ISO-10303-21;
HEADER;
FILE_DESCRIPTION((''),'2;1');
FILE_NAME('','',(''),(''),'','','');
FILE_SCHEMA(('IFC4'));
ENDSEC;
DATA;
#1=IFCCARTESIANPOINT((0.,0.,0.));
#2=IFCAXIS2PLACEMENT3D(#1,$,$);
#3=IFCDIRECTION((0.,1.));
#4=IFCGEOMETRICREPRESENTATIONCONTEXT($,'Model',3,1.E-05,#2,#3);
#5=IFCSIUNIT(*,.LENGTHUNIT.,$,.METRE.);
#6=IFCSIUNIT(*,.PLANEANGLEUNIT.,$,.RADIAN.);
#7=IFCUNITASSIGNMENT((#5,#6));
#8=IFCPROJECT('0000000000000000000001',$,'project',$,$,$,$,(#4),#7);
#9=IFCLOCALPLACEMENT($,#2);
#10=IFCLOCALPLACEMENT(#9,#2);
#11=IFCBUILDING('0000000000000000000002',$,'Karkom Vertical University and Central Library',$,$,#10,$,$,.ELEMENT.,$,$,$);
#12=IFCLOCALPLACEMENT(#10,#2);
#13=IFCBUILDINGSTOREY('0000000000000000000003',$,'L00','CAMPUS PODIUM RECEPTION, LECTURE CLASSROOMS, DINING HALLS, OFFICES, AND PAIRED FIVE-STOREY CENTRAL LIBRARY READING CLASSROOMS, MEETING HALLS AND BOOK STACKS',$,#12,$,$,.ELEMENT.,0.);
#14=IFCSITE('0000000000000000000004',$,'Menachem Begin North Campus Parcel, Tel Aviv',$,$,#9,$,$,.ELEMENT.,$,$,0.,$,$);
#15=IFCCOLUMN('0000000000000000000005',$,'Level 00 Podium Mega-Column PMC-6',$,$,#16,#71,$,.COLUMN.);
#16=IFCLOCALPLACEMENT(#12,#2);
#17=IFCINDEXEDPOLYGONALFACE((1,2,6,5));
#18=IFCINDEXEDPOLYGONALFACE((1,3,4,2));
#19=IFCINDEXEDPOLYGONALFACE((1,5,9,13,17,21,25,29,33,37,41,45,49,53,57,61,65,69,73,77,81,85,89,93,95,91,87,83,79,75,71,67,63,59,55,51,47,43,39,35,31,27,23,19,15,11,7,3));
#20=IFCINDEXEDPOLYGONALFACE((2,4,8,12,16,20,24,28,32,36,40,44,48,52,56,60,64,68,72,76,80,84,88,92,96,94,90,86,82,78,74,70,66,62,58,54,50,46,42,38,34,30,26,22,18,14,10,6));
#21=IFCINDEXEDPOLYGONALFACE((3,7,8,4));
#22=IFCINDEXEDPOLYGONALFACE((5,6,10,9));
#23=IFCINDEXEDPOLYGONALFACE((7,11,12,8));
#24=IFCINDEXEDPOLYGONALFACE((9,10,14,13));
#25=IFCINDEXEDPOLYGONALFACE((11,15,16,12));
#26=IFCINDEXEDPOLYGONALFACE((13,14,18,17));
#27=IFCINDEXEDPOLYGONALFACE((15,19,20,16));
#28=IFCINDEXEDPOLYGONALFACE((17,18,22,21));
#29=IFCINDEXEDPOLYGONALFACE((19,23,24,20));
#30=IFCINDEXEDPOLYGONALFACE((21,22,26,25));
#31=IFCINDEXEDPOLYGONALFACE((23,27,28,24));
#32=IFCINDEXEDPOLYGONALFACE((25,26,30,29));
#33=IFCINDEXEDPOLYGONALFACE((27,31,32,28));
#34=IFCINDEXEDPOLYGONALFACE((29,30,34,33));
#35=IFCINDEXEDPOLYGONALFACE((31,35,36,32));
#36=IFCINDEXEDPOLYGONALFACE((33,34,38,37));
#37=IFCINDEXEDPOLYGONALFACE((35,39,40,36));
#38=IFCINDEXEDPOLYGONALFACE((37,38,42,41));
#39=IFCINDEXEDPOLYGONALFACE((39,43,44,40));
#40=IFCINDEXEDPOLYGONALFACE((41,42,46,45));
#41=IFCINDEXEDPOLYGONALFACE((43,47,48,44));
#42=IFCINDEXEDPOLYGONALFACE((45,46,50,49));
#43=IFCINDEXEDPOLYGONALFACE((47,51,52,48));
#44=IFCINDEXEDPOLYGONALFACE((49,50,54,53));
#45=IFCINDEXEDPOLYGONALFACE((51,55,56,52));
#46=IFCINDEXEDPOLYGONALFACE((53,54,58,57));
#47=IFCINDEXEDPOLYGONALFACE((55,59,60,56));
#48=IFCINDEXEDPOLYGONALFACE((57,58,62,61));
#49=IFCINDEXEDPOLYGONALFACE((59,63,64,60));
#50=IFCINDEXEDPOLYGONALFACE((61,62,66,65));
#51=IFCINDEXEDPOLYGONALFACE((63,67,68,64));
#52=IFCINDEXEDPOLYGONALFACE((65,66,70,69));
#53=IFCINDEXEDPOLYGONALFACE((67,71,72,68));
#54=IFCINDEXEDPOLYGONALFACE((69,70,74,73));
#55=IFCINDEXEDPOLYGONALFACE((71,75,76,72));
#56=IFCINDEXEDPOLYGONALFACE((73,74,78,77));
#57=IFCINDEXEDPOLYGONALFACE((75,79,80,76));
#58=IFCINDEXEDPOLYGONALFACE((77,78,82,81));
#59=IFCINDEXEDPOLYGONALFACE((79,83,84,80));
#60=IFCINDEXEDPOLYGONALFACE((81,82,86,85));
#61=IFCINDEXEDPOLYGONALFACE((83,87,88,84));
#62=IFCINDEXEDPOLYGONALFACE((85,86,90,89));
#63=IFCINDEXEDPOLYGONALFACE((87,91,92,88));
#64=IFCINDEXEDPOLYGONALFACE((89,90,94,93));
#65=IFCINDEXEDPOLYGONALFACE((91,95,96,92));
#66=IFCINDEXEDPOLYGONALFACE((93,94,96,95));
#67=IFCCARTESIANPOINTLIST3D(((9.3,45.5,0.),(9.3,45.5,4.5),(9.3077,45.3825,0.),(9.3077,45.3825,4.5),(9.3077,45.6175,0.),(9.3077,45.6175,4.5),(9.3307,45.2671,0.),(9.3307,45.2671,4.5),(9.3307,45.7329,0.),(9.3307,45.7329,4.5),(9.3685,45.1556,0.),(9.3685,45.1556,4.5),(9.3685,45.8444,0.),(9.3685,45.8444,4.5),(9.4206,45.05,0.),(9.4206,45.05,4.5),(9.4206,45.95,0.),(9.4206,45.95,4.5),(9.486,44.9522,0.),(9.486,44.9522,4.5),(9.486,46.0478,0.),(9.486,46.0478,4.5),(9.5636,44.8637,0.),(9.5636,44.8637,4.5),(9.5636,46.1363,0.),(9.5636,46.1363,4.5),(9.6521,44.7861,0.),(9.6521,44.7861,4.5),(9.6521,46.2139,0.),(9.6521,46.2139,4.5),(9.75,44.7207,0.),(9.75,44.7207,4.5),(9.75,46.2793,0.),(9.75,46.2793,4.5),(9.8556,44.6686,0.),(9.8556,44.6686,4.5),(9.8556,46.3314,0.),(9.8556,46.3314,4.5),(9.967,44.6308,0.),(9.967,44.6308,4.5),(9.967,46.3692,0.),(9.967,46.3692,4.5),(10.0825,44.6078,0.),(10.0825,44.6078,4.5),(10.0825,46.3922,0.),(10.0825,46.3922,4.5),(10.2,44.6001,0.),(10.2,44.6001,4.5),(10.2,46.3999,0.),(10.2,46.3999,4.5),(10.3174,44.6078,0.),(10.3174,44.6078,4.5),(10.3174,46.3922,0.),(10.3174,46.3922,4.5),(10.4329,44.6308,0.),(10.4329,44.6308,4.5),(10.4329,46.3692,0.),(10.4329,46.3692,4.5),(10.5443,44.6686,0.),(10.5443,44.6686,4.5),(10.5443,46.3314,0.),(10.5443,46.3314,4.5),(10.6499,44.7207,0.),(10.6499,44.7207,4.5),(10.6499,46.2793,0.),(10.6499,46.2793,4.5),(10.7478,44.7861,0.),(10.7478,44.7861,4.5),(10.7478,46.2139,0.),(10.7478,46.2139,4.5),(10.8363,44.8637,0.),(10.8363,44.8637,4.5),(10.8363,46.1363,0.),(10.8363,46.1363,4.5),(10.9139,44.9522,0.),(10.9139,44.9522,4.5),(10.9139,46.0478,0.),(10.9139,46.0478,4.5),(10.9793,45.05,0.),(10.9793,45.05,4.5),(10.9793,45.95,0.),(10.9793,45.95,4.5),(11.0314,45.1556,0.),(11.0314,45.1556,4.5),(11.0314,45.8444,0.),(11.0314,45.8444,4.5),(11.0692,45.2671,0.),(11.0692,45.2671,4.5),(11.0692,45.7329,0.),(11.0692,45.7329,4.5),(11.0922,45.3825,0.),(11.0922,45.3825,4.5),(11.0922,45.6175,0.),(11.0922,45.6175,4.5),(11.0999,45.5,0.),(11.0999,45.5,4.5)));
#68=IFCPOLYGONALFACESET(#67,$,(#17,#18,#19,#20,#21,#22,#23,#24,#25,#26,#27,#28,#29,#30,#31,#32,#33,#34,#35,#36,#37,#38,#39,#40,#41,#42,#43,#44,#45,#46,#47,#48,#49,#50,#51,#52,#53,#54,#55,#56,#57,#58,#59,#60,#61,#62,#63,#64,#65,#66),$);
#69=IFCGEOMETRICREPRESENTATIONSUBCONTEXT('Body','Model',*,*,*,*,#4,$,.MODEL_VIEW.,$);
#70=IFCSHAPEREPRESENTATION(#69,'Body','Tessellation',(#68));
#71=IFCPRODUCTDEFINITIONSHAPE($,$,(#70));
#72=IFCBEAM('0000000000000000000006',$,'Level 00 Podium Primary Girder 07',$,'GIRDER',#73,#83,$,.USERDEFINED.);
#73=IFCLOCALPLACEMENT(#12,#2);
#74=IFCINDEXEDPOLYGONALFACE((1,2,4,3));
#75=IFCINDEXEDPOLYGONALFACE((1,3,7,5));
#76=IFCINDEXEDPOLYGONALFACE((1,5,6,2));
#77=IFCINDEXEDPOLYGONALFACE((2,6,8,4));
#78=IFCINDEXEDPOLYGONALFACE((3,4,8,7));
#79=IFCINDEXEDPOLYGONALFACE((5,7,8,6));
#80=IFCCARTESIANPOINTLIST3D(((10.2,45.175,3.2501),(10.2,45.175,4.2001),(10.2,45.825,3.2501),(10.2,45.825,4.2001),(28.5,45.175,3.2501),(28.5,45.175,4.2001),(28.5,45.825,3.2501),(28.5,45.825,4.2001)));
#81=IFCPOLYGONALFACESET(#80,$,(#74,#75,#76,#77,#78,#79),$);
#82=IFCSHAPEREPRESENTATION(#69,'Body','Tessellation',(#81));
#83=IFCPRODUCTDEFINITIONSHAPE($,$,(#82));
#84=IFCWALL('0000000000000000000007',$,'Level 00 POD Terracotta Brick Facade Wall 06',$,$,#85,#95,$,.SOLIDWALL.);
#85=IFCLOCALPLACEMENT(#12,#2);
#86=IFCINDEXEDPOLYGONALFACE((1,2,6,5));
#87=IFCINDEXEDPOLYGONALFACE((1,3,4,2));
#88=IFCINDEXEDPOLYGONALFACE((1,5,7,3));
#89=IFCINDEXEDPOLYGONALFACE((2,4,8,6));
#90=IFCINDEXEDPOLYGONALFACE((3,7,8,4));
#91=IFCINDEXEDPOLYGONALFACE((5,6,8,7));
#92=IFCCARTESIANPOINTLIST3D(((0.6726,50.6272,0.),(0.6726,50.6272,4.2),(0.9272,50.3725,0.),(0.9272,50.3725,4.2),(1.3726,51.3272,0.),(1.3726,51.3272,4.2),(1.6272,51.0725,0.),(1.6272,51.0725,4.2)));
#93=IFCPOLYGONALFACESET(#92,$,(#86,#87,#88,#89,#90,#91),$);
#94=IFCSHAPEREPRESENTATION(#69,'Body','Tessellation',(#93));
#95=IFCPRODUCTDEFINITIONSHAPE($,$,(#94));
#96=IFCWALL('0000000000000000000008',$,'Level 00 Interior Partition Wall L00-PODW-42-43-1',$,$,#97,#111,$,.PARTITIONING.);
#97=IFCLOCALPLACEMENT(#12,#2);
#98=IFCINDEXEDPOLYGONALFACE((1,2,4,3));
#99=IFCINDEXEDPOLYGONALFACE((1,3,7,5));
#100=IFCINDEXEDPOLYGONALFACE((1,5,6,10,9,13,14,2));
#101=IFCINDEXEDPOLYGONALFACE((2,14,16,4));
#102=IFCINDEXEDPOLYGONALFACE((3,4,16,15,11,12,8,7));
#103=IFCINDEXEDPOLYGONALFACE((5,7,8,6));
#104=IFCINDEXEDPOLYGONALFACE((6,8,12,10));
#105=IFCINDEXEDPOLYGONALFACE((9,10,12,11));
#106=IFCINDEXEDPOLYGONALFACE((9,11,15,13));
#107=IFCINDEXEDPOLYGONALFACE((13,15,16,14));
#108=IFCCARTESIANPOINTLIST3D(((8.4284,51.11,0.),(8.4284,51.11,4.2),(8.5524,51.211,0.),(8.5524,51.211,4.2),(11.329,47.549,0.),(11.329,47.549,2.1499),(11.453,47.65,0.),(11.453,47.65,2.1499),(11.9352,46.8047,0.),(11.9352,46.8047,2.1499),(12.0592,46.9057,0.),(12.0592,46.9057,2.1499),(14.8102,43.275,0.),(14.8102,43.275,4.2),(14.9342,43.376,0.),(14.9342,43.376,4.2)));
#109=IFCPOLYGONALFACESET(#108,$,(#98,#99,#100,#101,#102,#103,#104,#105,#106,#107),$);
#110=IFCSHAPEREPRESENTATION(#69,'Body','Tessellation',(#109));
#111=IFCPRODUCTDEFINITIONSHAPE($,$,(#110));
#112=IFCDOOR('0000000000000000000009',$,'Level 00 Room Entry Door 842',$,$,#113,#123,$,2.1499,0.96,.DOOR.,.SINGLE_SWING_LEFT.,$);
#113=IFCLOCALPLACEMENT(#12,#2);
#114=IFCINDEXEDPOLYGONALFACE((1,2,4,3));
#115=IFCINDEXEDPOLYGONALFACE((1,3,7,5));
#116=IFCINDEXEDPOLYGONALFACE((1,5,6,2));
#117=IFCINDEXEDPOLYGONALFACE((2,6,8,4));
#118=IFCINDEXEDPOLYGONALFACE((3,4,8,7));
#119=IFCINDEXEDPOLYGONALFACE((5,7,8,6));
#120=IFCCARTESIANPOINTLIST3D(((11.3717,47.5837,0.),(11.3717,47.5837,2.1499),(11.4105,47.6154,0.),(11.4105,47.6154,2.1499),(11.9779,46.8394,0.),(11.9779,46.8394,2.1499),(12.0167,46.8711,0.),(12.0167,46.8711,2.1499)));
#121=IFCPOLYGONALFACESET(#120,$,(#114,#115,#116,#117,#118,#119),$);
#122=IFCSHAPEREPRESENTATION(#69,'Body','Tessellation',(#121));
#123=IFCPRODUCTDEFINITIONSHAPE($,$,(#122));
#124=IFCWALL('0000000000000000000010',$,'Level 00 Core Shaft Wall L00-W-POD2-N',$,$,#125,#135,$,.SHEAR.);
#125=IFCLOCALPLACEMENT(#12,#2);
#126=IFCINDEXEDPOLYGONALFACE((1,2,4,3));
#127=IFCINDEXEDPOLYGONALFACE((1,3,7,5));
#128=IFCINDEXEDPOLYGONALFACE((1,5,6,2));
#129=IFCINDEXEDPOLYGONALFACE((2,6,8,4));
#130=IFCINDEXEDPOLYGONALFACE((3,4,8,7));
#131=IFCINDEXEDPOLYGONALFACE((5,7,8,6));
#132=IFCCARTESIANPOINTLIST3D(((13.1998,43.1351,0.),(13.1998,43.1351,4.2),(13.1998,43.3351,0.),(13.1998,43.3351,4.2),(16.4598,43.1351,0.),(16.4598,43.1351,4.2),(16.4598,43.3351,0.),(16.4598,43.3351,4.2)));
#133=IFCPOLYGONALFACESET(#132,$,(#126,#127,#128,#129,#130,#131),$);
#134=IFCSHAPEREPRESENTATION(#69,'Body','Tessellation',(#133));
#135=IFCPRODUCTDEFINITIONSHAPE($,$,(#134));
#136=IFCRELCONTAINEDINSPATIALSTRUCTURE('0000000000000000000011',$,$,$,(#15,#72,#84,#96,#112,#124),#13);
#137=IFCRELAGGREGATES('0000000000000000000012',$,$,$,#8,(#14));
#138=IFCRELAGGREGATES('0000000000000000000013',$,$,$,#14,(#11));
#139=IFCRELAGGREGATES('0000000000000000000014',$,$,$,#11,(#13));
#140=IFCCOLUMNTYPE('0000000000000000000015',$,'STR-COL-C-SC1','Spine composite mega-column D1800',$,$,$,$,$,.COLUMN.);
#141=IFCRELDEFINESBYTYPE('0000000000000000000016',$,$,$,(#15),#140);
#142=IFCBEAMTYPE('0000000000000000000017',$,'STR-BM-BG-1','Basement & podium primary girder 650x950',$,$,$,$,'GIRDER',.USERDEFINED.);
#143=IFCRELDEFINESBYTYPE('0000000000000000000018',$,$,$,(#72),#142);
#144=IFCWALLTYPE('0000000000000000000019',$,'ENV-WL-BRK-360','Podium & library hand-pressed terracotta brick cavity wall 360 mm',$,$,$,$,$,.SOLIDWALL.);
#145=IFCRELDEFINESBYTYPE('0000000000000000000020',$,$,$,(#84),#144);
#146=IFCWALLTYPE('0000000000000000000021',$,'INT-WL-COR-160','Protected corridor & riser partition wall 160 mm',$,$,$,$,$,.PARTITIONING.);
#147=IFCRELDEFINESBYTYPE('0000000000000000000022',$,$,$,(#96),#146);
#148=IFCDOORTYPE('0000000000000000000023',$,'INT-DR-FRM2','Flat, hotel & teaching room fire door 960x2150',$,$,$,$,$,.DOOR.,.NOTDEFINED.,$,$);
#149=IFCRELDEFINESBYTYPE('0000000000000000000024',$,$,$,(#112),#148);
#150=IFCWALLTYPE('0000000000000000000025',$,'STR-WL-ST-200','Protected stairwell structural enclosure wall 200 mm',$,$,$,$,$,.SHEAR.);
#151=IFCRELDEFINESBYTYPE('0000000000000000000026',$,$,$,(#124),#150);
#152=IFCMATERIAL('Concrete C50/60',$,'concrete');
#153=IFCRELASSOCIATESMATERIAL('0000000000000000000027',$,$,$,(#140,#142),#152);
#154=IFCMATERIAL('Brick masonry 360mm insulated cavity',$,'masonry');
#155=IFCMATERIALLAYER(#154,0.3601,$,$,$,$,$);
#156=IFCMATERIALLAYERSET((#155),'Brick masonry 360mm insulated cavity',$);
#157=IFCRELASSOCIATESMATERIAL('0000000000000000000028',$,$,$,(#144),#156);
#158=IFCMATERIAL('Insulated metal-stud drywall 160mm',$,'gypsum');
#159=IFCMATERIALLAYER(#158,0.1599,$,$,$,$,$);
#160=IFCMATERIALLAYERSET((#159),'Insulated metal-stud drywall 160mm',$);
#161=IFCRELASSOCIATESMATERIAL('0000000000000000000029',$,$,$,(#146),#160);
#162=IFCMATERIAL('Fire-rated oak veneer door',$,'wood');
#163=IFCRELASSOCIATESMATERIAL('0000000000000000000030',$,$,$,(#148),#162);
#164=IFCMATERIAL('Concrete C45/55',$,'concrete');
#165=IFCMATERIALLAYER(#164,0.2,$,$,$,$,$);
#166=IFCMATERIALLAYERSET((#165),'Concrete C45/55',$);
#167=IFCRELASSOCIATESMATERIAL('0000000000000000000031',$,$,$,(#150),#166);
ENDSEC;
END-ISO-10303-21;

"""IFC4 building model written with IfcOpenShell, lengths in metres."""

from ifc_helpers import new_model, si_unit, direction, frame, frame_2d, origin, origin_with_axes, origin_2d, place, context, subcontext, project, spatial, rectangle, circle, extrude, source, transform, mapped, material, layer, layer_set, material_profile, profile_set, type_object, element, fill, save


model = new_model("IFC4")

# Units and contexts
model_context = context("Model", 3, precision=1e-05, world=origin(), true_north=direction((0.0, 1.0)))
body_context = subcontext(model_context, "Body", "Model", "MODEL_VIEW")
ifc_project = project(units=[si_unit("LENGTHUNIT", "METRE"), si_unit("PLANEANGLEUNIT", "RADIAN")], contexts=[model_context])

# Site, building, storey
site_placement = place(None, origin())
site = spatial("IfcSite", under=ifc_project, at=site_placement, Name="Menachem Begin North Campus Parcel, Tel Aviv", CompositionType="ELEMENT", RefElevation=0.0)
building_placement = place(site_placement, origin())
building = spatial("IfcBuilding", under=site, at=building_placement, Name="Karkom Vertical University and Central Library", CompositionType="ELEMENT")
storey_placement = place(building_placement, origin())
storey = spatial("IfcBuildingStorey", under=building, at=storey_placement, Name="L00", Description="CAMPUS PODIUM RECEPTION, LECTURE CLASSROOMS, DINING HALLS, OFFICES, AND PAIRED FIVE-STOREY CENTRAL LIBRARY READING CLASSROOMS, MEETING HALLS AND BOOK STACKS", CompositionType="ELEMENT", Elevation=0.0)

# Column
ifc_material_1 = material(Name="Concrete C50/60", Category="concrete")
ifc_material_profile_1 = material_profile(ifc_material_1, circle(Radius=0.8999, at=origin_2d()), Name="CFT-D1800")
ifc_profile_set_1 = profile_set([ifc_material_profile_1], Name="Concrete C50/60")
column_type = type_object("IfcColumnType", Name="STR-COL-C-SC1", Description="Spine composite mega-column D1800", PredefinedType="COLUMN", material=ifc_profile_set_1)
shared_shape_1 = source(origin_with_axes(), body_context, "Body", "SweptSolid", [
    extrude(circle(Radius=0.8999, at=origin_2d()), origin(), (0.0, 0.0, 1.0), 4.5),
])
column_placement = place(storey_placement, frame((10.2, 45.5, 0.0), z_axis=(0.0, 0.0, 1.0), x_axis=(1.0, 0.0, 0.0)))
element("IfcColumn", 1, at=column_placement, inside=storey, type_object=column_type, Name="Level 00 Podium Mega-Column PMC-6", PredefinedType="COLUMN", context=body_context, shape_type="MappedRepresentation", body=[
    mapped(shared_shape_1, transform((0.0, 0.0, 0.0), scale=1.0)),
])

# Beam
ifc_material_profile_2 = material_profile(ifc_material_1, rectangle(XDim=0.6499, YDim=0.95, at=origin_2d()), Name="RCG-650x950")
ifc_profile_set_2 = profile_set([ifc_material_profile_2], Name="Concrete C50/60")
beam_type = type_object("IfcBeamType", Name="STR-BM-BG-1", Description="Basement & podium primary girder 650x950", ElementType="GIRDER", PredefinedType="USERDEFINED", material=ifc_profile_set_2)
shared_shape_2 = source(origin_with_axes(), body_context, "Body", "SweptSolid", [
    extrude(rectangle(XDim=0.6499, YDim=0.95, at=origin_2d()), origin(), (0.0, 0.0, 1.0), 18.3),
])
beam_placement = place(storey_placement, frame((10.2, 45.5, 3.7251), z_axis=(1.0, 0.0, 0.0), x_axis=(0.0, 1.0, 0.0)))
element("IfcBeam", 2, at=beam_placement, inside=storey, type_object=beam_type, Name="Level 00 Podium Primary Girder 07", ObjectType="GIRDER", PredefinedType="USERDEFINED", context=body_context, shape_type="MappedRepresentation", body=[
    mapped(shared_shape_2, transform((0.0, 0.0, 0.0), scale=1.0)),
])

# Shared definitions
ifc_material_2 = material(Name="Brick masonry 360mm insulated cavity", Category="masonry")
ifc_layer_1 = layer(ifc_material_2, 0.3601)
ifc_layer_set_1 = layer_set([ifc_layer_1], Name="Brick masonry 360mm insulated cavity")
wall_type_1 = type_object("IfcWallType", Name="ENV-WL-BRK-360", Description="Podium & library hand-pressed terracotta brick cavity wall 360 mm", PredefinedType="SOLIDWALL", material=ifc_layer_set_1)

# Wall
wall_1_placement = place(storey_placement, frame((1.5, 51.2, 0.0), z_axis=(0.0, 0.0, 1.0), x_axis=(-0.707107, -0.707107, 0.0)))
element("IfcWall", 3, at=wall_1_placement, inside=storey, type_object=wall_type_1, Name="Level 00 POD Terracotta Brick Facade Wall 06", PredefinedType="SOLIDWALL", context=body_context, shape_type="SweptSolid", body=[
    extrude(rectangle(XDim=0.99, YDim=0.3601, at=frame_2d((0.4951, 0.0))), origin(), (0.0, 0.0, 1.0), 4.2),
])

# Wall, opening, door
ifc_material_3 = material(Name="Insulated metal-stud drywall 160mm", Category="gypsum")
ifc_layer_2 = layer(ifc_material_3, 0.1599)
ifc_layer_set_2 = layer_set([ifc_layer_2], Name="Insulated metal-stud drywall 160mm")
wall_type_2 = type_object("IfcWallType", Name="INT-WL-COR-160", Description="Protected corridor & riser partition wall 160 mm", PredefinedType="PARTITIONING", material=ifc_layer_set_2)
wall_2_placement = place(storey_placement, frame((14.8723, 43.3254, 0.0), z_axis=(0.0, 0.0, 1.0), x_axis=(-0.631542, 0.775342, 0.0)))
wall_2 = element("IfcWall", 4, at=wall_2_placement, inside=storey, type_object=wall_type_2, Name="Level 00 Interior Partition Wall L00-PODW-42-43-1", PredefinedType="PARTITIONING", context=body_context, shape_type="SweptSolid", body=[
    extrude(rectangle(XDim=10.1052, YDim=0.1599, at=frame_2d((5.0527, 0.0))), origin(), (0.0, 0.0, 1.0), 4.2),
])
opening_1_placement = place(wall_2_placement, frame((4.5525, 0.0, 0.0)))
opening_1 = element("IfcOpeningElement", 5, at=opening_1_placement, cuts=wall_2, PredefinedType="OPENING", context=body_context, shape_type="SweptSolid", body=[
    extrude(rectangle(XDim=0.96, YDim=2.1499, at=frame_2d((0.48, 1.075))), frame((0.0, 0.0898, 0.0), z_axis=(0.0, -1.0, 0.0), x_axis=(1.0, 0.0, 0.0)), (0.0, 0.0, 1.0), 0.1799),
])
ifc_material_4 = material(Name="Fire-rated oak veneer door", Category="wood")
door_type_1 = type_object("IfcDoorType", Name="INT-DR-FRM2", Description="Flat, hotel & teaching room fire door 960x2150", OperationType="NOTDEFINED", PredefinedType="DOOR", material=ifc_material_4)
shared_shape_3 = source(origin_with_axes(), body_context, "Body", "SweptSolid", [
    extrude(rectangle(XDim=0.96, YDim=2.1499, at=frame_2d((0.48, 1.075))), frame((0.0, 0.0249, 0.0), z_axis=(0.0, -1.0, 0.0), x_axis=(1.0, 0.0, 0.0)), (0.0, 0.0, 1.0), 0.05),
])
door_1_placement = place(opening_1_placement, origin())
door_1 = element("IfcDoor", 6, at=door_1_placement, inside=storey, type_object=door_type_1, Name="Level 00 Room Entry Door 842", OperationType="SINGLE_SWING_LEFT", OverallHeight=2.1499, OverallWidth=0.96, PredefinedType="DOOR", context=body_context, shape_type="MappedRepresentation", body=[
    mapped(shared_shape_3, transform((0.0, 0.0, 0.0), scale=1.0)),
])
fill(opening_1, door_1)

# Wall
ifc_material_5 = material(Name="Concrete C45/55", Category="concrete")
ifc_layer_3 = layer(ifc_material_5, 0.2)
ifc_layer_set_3 = layer_set([ifc_layer_3], Name="Concrete C45/55")
wall_type_3 = type_object("IfcWallType", Name="STR-WL-ST-200", Description="Protected stairwell structural enclosure wall 200 mm", PredefinedType="SHEAR", material=ifc_layer_set_3)
wall_3_placement = place(storey_placement, frame((13.2, 43.2351, 0.0), z_axis=(0.0, 0.0, 1.0), x_axis=(1.0, 0.0, 0.0)))
element("IfcWall", 7, at=wall_3_placement, inside=storey, type_object=wall_type_3, Name="Level 00 Core Shaft Wall L00-W-POD2-N", PredefinedType="SHEAR", context=body_context, shape_type="SweptSolid", body=[
    extrude(rectangle(XDim=3.26, YDim=0.2, at=frame_2d((1.6299, 0.0))), origin(), (0.0, 0.0, 1.0), 4.2),
])

save(model, "model.ifc")
